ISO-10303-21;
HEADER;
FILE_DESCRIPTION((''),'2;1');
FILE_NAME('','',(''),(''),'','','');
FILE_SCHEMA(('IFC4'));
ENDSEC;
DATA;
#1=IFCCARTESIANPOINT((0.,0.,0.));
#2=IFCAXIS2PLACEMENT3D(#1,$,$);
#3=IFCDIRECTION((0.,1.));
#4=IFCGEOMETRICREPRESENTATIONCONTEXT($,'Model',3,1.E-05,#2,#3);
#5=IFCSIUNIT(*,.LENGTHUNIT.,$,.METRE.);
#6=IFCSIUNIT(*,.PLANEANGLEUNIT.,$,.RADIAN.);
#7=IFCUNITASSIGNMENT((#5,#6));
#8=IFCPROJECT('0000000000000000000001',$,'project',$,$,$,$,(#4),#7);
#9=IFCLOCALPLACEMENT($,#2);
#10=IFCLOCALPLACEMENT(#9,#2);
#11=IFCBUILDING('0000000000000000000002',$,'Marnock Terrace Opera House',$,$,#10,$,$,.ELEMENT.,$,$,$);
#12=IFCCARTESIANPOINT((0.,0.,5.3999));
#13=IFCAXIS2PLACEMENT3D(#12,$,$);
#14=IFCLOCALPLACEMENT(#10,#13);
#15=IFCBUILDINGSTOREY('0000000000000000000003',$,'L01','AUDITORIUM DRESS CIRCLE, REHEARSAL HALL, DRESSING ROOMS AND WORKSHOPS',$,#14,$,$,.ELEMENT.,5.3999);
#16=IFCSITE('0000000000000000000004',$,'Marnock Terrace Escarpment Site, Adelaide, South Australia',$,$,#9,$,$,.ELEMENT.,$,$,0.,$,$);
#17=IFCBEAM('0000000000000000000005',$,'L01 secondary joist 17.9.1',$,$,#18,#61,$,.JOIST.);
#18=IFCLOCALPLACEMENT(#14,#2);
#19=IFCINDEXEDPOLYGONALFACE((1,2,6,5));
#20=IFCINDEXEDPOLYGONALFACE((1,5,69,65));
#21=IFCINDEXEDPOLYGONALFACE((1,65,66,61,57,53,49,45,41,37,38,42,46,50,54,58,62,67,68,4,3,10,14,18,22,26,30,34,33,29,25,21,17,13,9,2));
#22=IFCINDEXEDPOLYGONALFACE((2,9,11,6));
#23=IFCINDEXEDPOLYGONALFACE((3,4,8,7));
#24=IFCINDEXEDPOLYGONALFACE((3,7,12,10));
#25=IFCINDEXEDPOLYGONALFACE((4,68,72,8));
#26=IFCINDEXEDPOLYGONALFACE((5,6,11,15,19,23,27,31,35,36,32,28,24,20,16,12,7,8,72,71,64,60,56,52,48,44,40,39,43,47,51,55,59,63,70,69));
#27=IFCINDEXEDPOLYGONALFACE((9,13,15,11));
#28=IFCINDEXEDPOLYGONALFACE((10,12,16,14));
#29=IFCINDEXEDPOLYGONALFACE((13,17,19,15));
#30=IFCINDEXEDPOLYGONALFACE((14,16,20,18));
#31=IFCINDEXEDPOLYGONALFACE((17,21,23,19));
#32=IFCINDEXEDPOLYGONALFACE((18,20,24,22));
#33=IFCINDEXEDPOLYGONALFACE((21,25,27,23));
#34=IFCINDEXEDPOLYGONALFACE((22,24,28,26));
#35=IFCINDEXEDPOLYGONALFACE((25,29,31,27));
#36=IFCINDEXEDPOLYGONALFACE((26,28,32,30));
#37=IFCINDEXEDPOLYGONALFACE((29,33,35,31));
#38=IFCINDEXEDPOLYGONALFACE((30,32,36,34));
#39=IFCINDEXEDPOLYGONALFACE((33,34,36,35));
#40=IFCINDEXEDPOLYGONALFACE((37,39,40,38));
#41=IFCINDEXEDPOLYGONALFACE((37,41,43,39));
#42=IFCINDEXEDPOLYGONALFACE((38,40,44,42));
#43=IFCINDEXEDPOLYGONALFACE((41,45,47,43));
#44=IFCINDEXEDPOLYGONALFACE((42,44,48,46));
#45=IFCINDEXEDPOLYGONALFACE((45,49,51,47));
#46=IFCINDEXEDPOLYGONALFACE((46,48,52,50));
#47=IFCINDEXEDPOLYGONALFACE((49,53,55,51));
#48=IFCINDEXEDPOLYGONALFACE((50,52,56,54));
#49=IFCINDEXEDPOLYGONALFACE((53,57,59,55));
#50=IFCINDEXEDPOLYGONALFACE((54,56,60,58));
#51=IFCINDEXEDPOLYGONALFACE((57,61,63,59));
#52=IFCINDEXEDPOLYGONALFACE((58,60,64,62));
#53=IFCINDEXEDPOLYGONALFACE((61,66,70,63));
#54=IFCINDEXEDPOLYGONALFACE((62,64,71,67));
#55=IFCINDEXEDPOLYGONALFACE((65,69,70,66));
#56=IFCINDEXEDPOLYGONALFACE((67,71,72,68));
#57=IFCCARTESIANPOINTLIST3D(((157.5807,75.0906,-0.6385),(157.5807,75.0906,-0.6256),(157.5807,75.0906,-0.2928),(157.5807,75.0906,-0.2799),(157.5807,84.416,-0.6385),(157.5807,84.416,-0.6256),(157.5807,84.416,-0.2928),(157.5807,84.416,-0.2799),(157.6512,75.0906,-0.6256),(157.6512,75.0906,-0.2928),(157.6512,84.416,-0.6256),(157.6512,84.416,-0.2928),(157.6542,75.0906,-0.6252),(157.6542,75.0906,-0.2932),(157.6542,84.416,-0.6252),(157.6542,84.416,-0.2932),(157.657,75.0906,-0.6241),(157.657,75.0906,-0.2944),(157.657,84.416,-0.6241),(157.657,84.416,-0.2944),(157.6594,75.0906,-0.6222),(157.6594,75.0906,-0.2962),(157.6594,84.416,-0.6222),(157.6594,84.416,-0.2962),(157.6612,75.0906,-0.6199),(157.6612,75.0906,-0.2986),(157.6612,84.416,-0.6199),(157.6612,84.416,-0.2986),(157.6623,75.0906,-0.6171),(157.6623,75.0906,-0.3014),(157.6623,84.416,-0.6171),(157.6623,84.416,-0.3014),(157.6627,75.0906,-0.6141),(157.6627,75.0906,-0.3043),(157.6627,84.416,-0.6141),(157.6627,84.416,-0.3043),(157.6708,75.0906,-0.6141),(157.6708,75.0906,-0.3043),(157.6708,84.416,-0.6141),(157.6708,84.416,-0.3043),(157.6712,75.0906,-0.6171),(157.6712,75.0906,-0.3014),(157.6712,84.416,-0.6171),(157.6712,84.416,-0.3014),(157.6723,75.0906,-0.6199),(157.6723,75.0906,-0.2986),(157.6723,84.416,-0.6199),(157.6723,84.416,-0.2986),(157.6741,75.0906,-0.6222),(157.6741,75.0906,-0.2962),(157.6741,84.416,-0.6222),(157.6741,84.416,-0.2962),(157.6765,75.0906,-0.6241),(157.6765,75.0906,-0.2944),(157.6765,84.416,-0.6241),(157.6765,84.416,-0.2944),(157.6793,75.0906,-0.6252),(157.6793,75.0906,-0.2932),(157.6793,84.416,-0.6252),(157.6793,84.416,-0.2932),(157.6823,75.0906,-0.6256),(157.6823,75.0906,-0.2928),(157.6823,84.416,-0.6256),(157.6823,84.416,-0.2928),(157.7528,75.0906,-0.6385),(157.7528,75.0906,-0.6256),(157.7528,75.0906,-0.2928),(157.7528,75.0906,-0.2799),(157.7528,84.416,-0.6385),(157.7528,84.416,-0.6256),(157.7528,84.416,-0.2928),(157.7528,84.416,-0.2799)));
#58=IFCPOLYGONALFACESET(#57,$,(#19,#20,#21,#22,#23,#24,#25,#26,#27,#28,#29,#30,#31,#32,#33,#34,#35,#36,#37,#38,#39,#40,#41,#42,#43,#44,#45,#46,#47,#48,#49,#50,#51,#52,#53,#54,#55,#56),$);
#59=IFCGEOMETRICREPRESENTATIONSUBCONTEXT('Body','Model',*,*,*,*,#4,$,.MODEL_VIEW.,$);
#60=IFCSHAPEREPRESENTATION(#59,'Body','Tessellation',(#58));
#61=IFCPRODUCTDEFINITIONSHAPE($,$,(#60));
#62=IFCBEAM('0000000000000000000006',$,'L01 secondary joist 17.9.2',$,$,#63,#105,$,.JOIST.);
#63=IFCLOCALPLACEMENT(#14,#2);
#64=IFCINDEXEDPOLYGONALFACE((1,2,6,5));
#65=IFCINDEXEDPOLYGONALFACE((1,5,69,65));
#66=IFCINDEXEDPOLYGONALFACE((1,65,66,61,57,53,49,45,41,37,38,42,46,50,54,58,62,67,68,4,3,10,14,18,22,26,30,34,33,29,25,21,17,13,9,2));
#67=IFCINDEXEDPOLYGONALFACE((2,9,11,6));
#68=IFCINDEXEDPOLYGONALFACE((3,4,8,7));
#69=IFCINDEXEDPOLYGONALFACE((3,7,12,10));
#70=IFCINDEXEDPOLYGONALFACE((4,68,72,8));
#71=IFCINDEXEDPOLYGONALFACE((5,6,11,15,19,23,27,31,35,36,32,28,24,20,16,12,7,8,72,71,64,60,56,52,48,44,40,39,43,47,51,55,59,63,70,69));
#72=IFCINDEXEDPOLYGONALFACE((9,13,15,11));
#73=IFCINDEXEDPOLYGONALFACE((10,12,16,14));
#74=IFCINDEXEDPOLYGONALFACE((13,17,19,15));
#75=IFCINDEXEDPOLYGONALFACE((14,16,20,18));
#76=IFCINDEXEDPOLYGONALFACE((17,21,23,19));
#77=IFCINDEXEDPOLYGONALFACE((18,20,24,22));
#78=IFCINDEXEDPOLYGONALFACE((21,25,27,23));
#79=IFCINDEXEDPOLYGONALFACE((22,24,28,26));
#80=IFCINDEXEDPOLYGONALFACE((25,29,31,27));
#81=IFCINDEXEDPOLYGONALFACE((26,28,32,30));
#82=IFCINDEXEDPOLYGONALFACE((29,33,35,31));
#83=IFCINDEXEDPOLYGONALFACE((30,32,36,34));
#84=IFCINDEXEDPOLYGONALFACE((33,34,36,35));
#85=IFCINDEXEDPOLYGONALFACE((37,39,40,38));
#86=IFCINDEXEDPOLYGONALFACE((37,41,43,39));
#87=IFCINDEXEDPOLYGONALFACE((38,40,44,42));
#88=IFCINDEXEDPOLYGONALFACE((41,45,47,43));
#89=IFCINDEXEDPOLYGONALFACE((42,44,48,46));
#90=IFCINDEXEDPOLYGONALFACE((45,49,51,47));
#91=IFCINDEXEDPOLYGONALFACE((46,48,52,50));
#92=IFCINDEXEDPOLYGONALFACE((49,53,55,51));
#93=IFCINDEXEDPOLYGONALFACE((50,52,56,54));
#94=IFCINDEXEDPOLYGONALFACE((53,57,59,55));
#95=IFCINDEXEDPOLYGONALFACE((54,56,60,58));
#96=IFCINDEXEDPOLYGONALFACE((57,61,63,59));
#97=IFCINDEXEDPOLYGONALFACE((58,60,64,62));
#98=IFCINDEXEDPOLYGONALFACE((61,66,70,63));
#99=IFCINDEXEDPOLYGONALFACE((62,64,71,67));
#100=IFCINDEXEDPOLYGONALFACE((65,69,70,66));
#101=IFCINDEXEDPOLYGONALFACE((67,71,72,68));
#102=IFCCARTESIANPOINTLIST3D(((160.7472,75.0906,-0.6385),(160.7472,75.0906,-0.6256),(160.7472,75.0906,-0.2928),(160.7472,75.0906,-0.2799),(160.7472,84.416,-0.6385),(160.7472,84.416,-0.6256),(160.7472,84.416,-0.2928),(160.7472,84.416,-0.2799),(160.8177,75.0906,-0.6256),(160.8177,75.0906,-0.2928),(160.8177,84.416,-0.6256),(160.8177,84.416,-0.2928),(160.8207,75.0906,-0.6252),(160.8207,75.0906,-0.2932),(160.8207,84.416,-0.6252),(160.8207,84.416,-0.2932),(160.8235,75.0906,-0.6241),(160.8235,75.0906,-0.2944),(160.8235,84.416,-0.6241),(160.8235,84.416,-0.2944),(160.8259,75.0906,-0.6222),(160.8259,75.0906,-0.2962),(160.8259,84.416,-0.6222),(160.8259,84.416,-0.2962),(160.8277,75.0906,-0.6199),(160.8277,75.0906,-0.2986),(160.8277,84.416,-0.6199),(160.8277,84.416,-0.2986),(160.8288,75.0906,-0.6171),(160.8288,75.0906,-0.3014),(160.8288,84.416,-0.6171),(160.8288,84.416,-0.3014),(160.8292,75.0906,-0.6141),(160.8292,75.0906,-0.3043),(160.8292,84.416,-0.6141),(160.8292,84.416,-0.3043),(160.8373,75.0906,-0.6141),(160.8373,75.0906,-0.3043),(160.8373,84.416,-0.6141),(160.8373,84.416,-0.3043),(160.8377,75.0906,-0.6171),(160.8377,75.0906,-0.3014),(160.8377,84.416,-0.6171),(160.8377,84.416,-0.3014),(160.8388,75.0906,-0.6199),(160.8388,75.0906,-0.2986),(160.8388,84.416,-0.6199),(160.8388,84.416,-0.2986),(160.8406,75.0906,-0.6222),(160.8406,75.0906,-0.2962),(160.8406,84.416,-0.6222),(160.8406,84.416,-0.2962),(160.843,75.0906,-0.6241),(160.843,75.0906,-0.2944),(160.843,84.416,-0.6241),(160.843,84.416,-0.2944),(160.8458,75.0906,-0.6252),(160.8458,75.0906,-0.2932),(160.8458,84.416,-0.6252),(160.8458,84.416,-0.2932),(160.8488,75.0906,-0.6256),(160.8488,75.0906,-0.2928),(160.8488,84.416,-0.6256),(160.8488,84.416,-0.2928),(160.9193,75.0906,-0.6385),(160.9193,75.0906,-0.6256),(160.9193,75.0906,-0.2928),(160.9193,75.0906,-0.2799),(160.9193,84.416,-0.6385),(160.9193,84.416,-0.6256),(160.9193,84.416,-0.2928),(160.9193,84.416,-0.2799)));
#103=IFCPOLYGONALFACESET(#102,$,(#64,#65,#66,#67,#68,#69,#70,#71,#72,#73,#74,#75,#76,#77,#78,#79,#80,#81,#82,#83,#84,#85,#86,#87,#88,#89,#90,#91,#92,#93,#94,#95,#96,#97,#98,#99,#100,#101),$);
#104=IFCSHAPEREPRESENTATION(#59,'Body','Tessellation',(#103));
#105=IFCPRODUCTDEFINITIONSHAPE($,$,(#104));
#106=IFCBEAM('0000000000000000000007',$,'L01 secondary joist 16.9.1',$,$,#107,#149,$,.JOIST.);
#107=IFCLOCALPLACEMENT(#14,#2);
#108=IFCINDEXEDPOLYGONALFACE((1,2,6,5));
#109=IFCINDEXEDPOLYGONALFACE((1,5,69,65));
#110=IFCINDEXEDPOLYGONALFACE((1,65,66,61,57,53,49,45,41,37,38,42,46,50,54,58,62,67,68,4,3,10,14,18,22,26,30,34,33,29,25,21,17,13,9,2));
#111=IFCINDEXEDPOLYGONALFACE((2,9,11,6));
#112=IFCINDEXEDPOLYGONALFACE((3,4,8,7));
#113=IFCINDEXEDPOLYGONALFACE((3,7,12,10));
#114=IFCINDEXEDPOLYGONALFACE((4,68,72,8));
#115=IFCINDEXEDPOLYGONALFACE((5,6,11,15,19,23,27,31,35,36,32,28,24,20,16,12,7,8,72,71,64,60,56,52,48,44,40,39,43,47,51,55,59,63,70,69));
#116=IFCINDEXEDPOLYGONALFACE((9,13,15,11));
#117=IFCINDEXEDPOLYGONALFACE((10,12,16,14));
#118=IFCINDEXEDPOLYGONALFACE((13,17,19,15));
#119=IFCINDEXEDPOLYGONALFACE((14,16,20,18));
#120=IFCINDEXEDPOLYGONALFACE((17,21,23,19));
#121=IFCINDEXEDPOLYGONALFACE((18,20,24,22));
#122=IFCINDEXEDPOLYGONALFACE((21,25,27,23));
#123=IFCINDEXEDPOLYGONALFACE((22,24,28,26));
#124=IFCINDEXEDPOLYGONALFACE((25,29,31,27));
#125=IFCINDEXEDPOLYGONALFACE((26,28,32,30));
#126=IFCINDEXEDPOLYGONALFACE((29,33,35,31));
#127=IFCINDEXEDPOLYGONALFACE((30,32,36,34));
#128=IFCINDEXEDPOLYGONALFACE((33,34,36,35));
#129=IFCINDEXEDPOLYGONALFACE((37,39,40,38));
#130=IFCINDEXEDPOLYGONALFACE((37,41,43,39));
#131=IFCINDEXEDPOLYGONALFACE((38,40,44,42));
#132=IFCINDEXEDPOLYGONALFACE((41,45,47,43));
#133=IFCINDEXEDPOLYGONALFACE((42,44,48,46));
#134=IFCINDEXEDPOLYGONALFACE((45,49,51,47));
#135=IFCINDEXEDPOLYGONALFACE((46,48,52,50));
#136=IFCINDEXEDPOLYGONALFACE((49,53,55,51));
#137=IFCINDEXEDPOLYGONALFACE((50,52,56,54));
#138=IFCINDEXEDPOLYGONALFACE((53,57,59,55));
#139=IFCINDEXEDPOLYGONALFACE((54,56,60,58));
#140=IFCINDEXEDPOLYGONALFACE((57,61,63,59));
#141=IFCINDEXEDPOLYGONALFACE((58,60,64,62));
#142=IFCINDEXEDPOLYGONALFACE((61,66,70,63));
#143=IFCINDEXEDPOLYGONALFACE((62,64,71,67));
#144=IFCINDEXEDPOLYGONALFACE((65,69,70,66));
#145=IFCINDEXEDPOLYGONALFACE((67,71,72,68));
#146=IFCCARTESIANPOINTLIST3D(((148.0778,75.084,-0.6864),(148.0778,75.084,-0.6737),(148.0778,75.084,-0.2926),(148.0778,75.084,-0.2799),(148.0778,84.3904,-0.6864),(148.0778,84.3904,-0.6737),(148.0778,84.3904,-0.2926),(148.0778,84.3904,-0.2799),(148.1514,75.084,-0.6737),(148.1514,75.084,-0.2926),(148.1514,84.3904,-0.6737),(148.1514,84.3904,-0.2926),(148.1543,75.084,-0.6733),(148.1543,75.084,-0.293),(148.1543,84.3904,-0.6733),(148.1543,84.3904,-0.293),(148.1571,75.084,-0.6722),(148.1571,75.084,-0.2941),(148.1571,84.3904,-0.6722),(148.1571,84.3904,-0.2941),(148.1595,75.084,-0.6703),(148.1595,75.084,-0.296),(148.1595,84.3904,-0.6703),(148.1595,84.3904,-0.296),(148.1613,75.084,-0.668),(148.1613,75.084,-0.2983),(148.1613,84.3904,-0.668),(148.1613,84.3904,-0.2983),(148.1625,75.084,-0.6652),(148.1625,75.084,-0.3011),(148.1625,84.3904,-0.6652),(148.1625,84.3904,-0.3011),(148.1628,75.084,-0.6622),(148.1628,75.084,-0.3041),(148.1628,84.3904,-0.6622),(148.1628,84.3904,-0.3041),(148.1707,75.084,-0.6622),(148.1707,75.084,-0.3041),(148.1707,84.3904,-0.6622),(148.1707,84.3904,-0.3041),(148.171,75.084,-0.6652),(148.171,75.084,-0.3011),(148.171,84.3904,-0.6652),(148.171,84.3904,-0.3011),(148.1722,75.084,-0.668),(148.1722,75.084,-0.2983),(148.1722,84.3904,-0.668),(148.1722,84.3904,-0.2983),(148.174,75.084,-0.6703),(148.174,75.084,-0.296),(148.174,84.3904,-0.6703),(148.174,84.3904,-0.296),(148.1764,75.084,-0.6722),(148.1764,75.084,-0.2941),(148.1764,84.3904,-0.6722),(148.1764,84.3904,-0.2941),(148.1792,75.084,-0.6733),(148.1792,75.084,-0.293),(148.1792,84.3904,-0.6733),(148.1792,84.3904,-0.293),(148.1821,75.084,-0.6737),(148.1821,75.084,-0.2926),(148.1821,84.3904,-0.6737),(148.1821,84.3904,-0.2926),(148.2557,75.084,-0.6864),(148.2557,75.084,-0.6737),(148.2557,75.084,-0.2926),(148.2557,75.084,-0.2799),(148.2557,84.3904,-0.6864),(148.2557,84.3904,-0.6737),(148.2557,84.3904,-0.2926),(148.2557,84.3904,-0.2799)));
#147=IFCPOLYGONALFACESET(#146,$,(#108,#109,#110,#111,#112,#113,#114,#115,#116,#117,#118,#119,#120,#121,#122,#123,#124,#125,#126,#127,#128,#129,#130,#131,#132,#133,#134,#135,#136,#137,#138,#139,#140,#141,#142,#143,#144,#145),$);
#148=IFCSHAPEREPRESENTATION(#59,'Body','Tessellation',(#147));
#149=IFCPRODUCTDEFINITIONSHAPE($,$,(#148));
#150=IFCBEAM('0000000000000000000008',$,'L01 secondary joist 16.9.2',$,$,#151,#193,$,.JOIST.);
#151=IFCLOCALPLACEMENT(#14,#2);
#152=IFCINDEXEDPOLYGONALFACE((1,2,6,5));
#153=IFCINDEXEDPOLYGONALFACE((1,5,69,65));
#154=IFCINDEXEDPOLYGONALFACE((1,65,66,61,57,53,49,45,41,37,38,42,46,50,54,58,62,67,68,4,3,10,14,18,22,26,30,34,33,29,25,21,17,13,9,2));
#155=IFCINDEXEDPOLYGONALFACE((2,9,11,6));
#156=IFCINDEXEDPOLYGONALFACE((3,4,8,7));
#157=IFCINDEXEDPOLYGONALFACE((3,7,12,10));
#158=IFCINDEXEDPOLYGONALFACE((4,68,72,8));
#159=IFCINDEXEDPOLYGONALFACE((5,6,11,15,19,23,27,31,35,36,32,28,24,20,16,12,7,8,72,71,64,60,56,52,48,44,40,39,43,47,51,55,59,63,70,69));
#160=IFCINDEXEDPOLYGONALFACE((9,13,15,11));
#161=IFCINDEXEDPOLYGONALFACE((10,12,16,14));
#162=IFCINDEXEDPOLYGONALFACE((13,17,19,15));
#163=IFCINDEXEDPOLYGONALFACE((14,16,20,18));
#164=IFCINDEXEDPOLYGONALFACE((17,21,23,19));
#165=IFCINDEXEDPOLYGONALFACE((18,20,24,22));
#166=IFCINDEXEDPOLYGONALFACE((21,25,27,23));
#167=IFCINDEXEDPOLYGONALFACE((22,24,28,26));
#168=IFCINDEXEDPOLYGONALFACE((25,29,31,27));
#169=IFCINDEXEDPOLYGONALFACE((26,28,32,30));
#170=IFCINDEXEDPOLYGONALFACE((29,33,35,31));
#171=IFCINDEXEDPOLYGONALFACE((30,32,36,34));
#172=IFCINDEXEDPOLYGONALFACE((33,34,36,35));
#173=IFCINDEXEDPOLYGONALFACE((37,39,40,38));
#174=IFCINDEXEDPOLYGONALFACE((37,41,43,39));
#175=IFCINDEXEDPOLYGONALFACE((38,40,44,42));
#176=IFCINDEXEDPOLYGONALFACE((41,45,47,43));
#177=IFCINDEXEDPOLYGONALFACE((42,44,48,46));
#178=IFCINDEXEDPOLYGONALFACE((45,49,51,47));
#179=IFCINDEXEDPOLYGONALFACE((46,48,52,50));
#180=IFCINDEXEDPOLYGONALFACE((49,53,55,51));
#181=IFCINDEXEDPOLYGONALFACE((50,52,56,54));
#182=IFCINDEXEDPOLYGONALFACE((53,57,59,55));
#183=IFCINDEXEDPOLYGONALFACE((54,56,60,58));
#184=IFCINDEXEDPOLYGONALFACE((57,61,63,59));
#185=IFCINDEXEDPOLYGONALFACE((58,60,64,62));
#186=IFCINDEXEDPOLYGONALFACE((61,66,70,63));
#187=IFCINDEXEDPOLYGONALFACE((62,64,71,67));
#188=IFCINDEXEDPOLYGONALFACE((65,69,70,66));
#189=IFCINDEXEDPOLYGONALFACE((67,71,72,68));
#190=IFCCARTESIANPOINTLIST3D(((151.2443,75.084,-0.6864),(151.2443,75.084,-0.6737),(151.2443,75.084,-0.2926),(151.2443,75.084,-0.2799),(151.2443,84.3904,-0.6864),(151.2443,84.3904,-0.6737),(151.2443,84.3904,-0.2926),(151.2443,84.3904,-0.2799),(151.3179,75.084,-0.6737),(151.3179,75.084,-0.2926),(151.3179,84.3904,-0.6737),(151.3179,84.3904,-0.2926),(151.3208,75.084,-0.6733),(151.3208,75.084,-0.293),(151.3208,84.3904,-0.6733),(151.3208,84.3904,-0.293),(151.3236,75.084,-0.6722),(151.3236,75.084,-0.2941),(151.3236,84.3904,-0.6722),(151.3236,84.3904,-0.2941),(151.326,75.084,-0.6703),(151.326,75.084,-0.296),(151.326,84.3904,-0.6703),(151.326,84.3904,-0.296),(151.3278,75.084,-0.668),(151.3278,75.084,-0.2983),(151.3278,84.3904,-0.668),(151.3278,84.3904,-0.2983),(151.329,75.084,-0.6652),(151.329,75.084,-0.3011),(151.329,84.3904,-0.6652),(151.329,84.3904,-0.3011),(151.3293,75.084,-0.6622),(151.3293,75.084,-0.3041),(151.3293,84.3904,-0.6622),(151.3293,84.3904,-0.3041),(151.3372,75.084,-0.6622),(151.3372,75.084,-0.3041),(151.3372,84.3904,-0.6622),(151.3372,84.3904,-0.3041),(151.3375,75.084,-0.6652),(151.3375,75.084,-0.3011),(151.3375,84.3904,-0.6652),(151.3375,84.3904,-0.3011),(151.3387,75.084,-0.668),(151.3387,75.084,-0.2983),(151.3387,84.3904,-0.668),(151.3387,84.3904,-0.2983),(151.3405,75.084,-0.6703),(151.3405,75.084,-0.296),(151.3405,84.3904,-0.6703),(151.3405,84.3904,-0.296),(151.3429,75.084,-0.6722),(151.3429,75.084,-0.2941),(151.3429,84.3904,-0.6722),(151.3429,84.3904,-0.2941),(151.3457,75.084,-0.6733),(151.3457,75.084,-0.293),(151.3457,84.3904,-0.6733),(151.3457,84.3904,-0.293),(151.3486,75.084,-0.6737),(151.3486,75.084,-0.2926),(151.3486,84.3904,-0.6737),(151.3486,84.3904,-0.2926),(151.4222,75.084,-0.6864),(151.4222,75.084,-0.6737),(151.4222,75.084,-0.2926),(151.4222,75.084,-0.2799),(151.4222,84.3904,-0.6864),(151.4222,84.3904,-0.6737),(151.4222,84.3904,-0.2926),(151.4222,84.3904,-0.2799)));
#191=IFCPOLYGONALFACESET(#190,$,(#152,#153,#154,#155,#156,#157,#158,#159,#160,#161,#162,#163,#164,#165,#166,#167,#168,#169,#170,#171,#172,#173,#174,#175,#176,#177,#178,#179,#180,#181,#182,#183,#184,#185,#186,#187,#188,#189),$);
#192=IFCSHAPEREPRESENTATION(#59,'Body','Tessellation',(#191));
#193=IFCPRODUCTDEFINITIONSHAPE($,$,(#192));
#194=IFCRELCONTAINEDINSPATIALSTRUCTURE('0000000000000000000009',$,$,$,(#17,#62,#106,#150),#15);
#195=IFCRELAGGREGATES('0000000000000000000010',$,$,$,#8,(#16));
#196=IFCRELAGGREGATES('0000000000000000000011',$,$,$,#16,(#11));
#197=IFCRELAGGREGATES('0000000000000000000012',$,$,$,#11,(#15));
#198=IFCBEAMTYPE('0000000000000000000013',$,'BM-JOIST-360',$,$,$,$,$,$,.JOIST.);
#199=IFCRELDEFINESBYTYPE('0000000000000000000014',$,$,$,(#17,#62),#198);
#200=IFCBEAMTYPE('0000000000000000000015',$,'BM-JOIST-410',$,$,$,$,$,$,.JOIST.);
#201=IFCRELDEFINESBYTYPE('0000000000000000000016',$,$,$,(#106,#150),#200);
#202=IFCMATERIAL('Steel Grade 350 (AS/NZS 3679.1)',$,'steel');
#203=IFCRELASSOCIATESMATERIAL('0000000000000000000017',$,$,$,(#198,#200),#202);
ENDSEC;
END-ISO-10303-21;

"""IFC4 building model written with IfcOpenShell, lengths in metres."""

from ifc_helpers import new_model, si_unit, direction, frame, origin, origin_2d, place, context, subcontext, project, spatial, i_section, extrude, material, material_profile, profile_set, type_object, element, save


model = new_model("IFC4")

# Units and contexts
model_context = context("Model", 3, precision=1e-05, world=origin(), true_north=direction((0.0, 1.0)))
body_context = subcontext(model_context, "Body", "Model", "MODEL_VIEW")
ifc_project = project(units=[si_unit("LENGTHUNIT", "METRE"), si_unit("PLANEANGLEUNIT", "RADIAN")], contexts=[model_context])

# Site, building, storey
site_placement = place(None, origin())
site = spatial("IfcSite", under=ifc_project, at=site_placement, Name="Marnock Terrace Escarpment Site, Adelaide, South Australia", CompositionType="ELEMENT", RefElevation=0.0)
building_placement = place(site_placement, origin())
building = spatial("IfcBuilding", under=site, at=building_placement, Name="Marnock Terrace Opera House", CompositionType="ELEMENT")
storey_placement = place(building_placement, frame((0.0, 0.0, 5.3999)))
storey = spatial("IfcBuildingStorey", under=building, at=storey_placement, Name="L01", Description="AUDITORIUM DRESS CIRCLE, REHEARSAL HALL, DRESSING ROOMS AND WORKSHOPS", CompositionType="ELEMENT", Elevation=5.3999)

# Beams
ifc_material_1 = material(Name="Steel Grade 350 (AS/NZS 3679.1)", Category="steel")
ifc_material_profile_1 = material_profile(ifc_material_1, i_section(OverallWidth=0.1721, OverallDepth=0.3586, WebThickness=0.0081, FlangeThickness=0.0129, FilletRadius=0.0115, at=origin_2d()))
ifc_profile_set_1 = profile_set([ifc_material_profile_1], Name="Steel Grade 350 (AS/NZS 3679.1)")
beam_type_1 = type_object("IfcBeamType", Name="BM-JOIST-360", PredefinedType="JOIST", material=ifc_profile_set_1)
for number, where, z_axis, x_axis, name in (
    (1, (157.6667, 75.0906, -0.4592), (0.0, 1.0, 0.0), (-1.0, 0.0, 0.0), "L01 secondary joist 17.9.1"),
    (2, (160.8333, 75.0906, -0.4592), (0.0, 1.0, 0.0), (-1.0, 0.0, 0.0), "L01 secondary joist 17.9.2"),
):
    element("IfcBeam", number, at=place(storey_placement, frame(where, z_axis=z_axis, x_axis=x_axis)), inside=storey, type_object=beam_type_1, Name=name, PredefinedType="JOIST", context=body_context, shape_type="SweptSolid", body=[
        extrude(i_section(OverallWidth=0.1721, OverallDepth=0.3586, WebThickness=0.0081, FlangeThickness=0.0129, FilletRadius=0.0115, at=origin_2d()), origin(), (0.0, 0.0, 1.0), 9.3254),
    ])
ifc_material_profile_2 = material_profile(ifc_material_1, i_section(OverallWidth=0.178, OverallDepth=0.4065, WebThickness=0.0078, FlangeThickness=0.0127, FilletRadius=0.0115, at=origin_2d()))
ifc_profile_set_2 = profile_set([ifc_material_profile_2], Name="Steel Grade 350 (AS/NZS 3679.1)")
beam_type_2 = type_object("IfcBeamType", Name="BM-JOIST-410", PredefinedType="JOIST", material=ifc_profile_set_2)
for number, where, z_axis, x_axis, name in (
    (3, (148.1667, 75.084, -0.4832), (0.0, 1.0, 0.0), (-1.0, 0.0, 0.0), "L01 secondary joist 16.9.1"),
    (4, (151.3333, 75.084, -0.4832), (0.0, 1.0, 0.0), (-1.0, 0.0, 0.0), "L01 secondary joist 16.9.2"),
):
    element("IfcBeam", number, at=place(storey_placement, frame(where, z_axis=z_axis, x_axis=x_axis)), inside=storey, type_object=beam_type_2, Name=name, PredefinedType="JOIST", context=body_context, shape_type="SweptSolid", body=[
        extrude(i_section(OverallWidth=0.178, OverallDepth=0.4065, WebThickness=0.0078, FlangeThickness=0.0127, FilletRadius=0.0115, at=origin_2d()), origin(), (0.0, 0.0, 1.0), 9.3064),
    ])

save(model, "model.ifc")
